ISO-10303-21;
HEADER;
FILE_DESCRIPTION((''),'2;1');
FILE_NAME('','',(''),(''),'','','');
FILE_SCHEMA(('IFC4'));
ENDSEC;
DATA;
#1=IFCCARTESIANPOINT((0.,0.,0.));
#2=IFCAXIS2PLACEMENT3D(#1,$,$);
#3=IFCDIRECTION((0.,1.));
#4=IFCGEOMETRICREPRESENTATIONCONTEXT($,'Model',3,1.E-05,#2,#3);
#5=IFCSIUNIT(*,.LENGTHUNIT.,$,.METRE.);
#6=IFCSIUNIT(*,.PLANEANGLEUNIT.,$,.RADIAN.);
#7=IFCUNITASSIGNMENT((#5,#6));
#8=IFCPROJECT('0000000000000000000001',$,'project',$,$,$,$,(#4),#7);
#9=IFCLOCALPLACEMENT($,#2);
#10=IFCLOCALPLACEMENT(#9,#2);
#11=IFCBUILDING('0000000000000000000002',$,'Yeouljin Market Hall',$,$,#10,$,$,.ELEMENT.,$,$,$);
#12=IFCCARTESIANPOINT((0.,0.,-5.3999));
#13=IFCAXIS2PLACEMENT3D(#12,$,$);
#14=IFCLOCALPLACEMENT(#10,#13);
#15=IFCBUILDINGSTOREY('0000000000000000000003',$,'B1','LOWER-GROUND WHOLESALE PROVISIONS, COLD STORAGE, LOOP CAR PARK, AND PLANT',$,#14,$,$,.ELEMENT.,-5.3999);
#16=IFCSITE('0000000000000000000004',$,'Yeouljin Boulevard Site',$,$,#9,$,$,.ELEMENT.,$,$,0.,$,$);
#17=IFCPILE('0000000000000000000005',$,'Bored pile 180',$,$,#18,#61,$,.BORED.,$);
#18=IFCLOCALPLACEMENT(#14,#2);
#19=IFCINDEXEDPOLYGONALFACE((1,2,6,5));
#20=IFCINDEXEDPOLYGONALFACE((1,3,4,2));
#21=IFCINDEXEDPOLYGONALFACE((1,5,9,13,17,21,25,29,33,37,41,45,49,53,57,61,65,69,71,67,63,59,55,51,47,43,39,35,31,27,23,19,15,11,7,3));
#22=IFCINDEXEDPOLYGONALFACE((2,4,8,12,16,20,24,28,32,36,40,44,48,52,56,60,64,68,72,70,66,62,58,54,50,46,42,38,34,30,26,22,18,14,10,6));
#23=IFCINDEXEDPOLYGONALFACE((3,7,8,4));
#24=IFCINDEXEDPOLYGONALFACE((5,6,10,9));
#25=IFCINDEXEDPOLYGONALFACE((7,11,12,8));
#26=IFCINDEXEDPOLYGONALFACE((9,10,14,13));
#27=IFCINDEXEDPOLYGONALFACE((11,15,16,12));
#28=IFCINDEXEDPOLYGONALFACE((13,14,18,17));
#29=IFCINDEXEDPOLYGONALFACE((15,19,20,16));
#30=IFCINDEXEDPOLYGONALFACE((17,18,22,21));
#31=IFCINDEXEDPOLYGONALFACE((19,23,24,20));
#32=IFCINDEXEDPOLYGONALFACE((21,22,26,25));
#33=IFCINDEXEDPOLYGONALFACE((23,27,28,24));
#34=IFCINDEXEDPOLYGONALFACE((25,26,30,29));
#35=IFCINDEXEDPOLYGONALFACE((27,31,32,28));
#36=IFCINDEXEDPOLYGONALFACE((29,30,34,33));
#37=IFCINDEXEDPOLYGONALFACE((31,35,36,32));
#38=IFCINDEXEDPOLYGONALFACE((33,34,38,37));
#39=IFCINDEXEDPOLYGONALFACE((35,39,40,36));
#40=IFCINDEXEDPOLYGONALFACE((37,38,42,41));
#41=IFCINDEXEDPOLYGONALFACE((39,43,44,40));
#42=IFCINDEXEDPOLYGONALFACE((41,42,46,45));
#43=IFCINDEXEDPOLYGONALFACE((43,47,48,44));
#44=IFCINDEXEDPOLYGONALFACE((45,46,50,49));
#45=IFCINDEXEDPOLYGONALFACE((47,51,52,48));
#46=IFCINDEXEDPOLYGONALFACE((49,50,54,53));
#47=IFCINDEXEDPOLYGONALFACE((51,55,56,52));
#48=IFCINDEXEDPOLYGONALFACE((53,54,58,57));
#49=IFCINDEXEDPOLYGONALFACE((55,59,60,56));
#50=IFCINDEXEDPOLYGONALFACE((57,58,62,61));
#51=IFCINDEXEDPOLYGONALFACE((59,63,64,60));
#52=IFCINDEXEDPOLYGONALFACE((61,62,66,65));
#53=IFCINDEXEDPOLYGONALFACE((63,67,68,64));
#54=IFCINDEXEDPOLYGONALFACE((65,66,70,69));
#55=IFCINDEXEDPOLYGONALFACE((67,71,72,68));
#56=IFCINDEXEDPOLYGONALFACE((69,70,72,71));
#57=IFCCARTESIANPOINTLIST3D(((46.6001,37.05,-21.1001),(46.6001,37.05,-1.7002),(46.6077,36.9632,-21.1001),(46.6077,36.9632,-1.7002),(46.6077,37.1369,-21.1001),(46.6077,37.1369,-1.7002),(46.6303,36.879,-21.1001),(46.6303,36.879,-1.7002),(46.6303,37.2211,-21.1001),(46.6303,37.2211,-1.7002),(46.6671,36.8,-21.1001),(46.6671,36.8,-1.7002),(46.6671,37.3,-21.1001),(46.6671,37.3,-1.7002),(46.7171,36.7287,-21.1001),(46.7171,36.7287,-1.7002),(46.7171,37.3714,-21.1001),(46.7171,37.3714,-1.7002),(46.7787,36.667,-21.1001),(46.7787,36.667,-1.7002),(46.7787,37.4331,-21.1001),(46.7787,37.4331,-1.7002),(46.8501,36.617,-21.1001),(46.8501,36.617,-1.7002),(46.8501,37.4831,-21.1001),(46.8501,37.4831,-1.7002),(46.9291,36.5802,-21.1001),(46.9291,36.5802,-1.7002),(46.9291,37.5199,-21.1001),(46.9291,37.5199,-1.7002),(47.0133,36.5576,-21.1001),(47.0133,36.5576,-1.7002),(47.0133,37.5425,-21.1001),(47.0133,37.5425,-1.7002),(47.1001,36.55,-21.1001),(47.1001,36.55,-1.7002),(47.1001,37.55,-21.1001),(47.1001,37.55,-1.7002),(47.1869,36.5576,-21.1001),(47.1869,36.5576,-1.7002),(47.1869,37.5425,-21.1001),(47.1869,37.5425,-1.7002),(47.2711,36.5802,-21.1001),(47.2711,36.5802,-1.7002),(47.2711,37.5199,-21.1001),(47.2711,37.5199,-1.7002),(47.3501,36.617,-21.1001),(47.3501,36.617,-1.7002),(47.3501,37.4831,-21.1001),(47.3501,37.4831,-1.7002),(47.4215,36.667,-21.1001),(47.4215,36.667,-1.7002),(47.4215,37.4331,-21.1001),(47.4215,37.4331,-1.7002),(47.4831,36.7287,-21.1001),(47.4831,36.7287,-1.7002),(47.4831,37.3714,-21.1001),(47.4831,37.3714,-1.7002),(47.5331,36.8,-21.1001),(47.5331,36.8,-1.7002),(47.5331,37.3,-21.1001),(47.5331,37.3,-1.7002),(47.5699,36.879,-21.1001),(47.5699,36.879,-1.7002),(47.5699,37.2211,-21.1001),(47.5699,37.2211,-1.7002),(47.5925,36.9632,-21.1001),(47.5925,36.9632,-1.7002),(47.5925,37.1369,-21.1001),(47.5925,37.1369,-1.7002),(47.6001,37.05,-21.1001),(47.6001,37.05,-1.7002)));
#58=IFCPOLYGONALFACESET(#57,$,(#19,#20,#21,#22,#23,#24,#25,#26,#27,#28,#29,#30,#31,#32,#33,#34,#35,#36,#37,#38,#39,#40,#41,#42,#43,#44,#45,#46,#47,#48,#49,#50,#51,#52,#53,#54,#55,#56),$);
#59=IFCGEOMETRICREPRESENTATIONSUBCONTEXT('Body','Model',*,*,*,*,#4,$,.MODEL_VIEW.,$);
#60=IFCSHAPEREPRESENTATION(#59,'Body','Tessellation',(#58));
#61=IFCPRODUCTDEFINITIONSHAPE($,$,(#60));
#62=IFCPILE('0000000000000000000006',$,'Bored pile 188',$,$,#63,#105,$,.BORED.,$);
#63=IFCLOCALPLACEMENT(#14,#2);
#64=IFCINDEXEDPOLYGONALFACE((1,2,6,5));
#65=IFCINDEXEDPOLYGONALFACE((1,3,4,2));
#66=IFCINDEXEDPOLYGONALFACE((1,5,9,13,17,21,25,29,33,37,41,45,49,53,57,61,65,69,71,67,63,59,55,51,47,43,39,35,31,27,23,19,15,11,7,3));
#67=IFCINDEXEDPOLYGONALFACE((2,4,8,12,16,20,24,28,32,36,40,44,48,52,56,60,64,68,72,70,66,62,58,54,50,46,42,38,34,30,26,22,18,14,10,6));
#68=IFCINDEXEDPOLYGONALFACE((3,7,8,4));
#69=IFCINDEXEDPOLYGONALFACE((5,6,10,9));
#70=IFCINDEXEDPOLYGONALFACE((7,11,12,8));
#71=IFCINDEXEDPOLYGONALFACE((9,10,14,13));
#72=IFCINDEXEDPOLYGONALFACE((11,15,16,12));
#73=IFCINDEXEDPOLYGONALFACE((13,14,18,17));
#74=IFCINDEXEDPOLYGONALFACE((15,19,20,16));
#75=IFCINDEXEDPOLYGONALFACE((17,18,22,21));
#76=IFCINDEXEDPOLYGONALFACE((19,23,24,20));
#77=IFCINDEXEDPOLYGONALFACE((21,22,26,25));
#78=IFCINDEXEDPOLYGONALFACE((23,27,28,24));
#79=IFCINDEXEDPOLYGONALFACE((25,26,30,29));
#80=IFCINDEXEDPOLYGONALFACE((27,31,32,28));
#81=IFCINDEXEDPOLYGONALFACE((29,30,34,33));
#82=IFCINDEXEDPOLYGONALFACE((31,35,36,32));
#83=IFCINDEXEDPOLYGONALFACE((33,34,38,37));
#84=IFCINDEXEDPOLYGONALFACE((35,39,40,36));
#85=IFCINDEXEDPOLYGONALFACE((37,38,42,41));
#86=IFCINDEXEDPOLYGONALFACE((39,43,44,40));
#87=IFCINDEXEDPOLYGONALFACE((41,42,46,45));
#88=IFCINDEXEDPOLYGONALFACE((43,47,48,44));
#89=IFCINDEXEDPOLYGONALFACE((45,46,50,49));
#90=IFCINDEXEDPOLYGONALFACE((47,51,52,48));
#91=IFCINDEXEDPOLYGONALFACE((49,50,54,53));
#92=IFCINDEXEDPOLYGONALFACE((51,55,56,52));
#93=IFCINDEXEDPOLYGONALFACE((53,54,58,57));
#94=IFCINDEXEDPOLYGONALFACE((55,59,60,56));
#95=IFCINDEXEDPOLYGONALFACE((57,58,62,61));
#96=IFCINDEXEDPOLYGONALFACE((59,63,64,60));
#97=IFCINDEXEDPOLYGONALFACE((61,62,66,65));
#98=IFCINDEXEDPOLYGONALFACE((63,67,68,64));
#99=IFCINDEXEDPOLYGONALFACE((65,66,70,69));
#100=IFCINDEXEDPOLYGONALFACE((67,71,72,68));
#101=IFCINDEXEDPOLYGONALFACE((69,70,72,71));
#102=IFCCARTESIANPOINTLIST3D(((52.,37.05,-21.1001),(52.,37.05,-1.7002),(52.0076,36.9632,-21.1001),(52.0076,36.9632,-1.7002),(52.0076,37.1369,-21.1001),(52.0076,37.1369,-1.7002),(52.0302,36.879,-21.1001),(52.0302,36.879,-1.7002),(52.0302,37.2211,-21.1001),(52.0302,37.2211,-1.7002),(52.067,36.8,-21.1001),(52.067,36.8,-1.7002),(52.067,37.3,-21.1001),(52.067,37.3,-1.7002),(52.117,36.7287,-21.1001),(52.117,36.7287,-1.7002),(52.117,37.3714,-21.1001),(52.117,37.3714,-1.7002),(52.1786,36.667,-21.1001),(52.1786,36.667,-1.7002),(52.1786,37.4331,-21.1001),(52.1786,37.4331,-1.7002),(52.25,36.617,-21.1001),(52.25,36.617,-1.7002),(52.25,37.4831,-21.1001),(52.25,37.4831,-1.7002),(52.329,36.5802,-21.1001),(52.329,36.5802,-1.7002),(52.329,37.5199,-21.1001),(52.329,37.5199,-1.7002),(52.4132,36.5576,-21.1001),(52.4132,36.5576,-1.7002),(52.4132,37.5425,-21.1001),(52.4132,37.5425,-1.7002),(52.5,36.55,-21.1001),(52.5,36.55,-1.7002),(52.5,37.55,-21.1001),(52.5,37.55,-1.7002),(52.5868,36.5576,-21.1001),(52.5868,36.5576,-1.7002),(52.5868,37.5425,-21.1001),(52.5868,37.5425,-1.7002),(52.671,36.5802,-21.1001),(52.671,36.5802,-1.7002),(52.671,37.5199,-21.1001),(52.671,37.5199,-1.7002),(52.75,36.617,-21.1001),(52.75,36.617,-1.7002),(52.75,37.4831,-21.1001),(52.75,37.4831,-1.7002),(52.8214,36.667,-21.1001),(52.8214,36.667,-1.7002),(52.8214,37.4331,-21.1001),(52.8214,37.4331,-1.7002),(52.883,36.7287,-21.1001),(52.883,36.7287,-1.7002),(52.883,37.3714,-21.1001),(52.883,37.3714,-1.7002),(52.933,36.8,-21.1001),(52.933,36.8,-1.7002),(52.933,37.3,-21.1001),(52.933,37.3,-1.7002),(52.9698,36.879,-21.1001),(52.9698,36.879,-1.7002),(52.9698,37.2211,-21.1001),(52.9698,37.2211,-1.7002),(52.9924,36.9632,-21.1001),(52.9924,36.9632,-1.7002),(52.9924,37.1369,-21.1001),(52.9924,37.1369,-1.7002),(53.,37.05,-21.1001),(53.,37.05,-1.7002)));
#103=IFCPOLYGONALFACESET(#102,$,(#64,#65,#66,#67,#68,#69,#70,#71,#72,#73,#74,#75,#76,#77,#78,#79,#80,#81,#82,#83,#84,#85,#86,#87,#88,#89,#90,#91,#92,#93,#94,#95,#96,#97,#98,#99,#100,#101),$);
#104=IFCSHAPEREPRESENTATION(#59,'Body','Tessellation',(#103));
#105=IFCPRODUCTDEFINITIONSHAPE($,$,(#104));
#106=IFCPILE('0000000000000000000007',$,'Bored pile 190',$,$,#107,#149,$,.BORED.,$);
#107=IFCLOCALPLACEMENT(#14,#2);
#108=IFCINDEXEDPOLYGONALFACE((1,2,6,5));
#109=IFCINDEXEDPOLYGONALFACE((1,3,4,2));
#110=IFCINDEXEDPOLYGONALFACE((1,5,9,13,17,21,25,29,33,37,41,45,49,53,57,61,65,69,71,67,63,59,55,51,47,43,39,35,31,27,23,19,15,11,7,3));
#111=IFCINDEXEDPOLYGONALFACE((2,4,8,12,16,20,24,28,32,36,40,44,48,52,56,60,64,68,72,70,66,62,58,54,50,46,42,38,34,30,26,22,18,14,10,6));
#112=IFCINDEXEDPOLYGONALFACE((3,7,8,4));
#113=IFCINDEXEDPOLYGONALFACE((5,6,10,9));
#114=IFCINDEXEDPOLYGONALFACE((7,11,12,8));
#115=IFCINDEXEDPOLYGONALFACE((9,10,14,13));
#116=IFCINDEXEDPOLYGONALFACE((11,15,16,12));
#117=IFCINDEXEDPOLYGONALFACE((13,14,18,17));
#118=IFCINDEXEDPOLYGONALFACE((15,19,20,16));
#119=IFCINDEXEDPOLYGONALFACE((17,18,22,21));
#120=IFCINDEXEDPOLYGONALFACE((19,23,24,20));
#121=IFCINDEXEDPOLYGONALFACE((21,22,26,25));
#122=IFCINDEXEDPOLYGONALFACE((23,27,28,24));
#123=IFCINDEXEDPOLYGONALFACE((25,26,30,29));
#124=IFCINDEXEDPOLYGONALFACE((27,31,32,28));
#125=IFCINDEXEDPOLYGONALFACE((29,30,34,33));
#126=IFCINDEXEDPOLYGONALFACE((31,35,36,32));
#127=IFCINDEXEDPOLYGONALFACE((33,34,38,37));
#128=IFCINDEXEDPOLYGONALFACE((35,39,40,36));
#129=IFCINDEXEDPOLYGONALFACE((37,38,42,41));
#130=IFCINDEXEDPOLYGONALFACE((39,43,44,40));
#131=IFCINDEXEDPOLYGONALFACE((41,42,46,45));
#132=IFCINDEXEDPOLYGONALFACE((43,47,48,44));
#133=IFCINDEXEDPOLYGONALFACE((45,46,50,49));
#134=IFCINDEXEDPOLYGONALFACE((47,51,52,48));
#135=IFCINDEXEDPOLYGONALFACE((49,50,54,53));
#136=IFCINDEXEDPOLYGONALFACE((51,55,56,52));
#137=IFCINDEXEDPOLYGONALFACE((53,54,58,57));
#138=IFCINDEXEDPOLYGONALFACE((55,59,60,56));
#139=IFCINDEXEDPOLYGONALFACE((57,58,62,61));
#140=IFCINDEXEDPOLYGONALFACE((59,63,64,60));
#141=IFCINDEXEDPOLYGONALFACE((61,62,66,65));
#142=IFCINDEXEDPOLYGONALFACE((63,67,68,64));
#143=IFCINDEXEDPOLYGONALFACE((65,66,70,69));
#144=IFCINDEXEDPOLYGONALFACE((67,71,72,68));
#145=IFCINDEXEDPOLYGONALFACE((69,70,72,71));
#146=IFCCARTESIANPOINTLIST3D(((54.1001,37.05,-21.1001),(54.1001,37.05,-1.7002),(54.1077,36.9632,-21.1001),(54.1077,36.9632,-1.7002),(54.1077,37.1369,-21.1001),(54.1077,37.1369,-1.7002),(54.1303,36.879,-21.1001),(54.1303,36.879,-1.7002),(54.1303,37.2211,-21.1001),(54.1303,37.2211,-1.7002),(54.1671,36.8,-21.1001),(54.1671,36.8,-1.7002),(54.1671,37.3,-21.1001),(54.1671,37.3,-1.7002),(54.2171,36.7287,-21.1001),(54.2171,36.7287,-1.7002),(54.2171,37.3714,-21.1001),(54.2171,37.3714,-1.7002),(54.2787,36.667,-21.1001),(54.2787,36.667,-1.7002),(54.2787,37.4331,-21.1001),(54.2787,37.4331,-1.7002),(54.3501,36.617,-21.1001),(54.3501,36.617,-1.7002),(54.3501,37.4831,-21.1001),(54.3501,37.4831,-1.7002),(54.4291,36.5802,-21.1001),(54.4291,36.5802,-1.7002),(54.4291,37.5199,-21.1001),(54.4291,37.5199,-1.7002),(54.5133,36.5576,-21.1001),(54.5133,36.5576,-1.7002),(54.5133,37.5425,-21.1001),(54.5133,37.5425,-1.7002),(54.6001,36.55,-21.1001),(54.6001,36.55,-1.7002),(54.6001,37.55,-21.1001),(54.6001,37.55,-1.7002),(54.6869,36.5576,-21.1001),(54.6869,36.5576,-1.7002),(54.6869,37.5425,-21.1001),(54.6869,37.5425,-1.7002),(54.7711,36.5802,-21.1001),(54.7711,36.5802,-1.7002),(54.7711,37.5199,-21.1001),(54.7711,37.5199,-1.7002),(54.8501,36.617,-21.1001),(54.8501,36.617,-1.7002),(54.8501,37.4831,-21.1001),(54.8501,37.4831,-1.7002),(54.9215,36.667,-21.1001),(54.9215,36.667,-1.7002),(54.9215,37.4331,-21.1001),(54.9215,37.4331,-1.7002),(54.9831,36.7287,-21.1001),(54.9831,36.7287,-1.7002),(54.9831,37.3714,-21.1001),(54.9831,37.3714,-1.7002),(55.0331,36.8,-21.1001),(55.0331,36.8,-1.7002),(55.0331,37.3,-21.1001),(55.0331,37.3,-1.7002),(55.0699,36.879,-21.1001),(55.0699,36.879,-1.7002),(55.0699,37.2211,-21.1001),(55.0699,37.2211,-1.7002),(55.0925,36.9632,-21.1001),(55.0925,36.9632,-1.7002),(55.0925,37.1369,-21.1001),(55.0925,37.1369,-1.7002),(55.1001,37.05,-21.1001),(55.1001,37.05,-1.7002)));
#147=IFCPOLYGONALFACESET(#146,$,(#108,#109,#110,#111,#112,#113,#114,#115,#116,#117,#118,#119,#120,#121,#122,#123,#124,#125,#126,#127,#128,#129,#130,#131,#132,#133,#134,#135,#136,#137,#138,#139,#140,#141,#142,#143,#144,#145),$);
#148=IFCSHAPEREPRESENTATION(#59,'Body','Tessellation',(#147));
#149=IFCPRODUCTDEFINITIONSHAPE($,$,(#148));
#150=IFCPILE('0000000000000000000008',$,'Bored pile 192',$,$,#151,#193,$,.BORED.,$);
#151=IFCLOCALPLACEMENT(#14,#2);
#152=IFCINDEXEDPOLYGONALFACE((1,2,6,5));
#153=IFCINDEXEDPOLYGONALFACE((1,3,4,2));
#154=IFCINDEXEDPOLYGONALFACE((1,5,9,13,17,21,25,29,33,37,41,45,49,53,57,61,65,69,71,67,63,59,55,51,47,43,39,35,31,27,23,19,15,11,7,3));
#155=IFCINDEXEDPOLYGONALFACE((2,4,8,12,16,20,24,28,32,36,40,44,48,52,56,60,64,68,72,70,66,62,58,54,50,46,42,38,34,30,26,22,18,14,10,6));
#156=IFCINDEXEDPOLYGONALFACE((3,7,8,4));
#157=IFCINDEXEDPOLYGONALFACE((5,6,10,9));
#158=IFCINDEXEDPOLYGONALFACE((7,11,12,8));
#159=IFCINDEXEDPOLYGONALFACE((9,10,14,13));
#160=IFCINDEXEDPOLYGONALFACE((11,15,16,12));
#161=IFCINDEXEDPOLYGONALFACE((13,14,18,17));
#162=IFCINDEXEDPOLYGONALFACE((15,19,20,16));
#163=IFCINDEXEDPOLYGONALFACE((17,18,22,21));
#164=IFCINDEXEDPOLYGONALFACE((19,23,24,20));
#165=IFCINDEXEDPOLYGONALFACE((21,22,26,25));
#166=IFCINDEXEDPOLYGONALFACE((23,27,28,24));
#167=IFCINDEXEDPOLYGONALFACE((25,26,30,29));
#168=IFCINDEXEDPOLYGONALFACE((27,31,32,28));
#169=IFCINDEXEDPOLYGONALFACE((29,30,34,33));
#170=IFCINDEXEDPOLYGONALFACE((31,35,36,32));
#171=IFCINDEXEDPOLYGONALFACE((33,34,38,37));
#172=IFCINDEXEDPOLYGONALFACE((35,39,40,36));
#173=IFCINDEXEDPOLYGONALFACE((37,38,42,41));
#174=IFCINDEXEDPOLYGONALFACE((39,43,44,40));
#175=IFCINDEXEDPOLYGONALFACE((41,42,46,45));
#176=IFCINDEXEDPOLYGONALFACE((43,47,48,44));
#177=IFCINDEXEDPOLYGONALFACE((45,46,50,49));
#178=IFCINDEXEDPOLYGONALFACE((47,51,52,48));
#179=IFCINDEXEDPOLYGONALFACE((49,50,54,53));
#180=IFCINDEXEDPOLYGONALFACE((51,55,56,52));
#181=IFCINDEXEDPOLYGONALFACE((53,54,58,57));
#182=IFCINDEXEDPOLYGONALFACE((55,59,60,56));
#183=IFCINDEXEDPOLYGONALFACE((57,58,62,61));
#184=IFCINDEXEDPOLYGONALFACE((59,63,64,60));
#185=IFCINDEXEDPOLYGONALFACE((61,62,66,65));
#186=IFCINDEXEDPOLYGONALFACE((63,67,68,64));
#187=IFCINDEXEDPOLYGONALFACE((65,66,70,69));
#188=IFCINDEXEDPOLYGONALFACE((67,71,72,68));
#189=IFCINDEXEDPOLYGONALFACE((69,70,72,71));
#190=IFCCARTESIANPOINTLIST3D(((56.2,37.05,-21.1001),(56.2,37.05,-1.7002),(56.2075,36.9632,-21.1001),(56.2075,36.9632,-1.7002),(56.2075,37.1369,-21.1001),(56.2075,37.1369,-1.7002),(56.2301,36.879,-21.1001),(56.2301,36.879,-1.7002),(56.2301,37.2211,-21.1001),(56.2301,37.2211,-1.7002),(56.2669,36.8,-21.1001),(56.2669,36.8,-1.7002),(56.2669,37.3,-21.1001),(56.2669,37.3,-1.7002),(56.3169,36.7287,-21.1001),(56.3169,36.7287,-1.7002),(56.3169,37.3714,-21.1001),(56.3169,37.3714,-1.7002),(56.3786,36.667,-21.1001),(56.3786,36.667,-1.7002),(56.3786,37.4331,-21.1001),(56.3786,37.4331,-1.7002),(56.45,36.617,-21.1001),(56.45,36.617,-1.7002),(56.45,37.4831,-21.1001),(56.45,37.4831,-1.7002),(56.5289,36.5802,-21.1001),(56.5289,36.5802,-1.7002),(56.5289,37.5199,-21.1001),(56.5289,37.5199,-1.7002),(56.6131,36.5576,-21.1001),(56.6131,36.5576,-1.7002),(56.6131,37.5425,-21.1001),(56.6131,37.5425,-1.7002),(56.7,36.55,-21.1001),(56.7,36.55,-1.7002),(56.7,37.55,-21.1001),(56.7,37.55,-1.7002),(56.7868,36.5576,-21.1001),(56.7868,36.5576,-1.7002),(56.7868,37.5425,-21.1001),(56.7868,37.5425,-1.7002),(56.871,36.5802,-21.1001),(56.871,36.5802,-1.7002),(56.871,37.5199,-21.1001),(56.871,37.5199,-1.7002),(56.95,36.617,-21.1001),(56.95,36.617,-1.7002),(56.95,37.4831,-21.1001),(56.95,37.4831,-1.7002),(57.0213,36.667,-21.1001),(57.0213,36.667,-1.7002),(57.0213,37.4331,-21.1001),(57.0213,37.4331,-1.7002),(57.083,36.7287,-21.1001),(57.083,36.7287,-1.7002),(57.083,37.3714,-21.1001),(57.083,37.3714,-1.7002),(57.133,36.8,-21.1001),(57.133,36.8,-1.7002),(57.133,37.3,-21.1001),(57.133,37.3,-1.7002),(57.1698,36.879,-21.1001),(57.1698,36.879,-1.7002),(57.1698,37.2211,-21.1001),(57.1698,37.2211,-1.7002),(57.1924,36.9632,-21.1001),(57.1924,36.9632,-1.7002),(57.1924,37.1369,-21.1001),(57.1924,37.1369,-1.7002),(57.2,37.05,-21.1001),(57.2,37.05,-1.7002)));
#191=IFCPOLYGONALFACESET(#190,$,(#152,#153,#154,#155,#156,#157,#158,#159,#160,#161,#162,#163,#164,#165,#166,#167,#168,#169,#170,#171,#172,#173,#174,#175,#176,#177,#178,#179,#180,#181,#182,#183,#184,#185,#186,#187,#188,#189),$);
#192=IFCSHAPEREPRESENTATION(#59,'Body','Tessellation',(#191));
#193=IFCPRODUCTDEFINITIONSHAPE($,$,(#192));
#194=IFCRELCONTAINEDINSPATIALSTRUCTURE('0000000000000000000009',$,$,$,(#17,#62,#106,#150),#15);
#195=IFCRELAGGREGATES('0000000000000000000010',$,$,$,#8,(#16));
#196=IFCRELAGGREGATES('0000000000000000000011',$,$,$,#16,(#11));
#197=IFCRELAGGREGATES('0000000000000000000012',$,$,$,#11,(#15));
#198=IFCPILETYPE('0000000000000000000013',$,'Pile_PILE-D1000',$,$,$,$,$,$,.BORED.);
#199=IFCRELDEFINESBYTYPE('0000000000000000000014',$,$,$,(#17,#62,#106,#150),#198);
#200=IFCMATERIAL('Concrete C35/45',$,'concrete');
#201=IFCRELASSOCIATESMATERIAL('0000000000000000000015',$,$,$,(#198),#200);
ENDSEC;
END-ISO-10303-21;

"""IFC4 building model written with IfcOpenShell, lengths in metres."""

from ifc_helpers import new_model, si_unit, direction, frame, origin, origin_2d, place, context, subcontext, project, spatial, circle, extrude, material, material_profile, profile_set, type_object, element, save


model = new_model("IFC4")

# Units and contexts
model_context = context("Model", 3, precision=1e-05, world=origin(), true_north=direction((0.0, 1.0)))
body_context = subcontext(model_context, "Body", "Model", "MODEL_VIEW")
ifc_project = project(units=[si_unit("LENGTHUNIT", "METRE"), si_unit("PLANEANGLEUNIT", "RADIAN")], contexts=[model_context])

# Site, building, storey
site_placement = place(None, origin())
site = spatial("IfcSite", under=ifc_project, at=site_placement, Name="Yeouljin Boulevard Site", CompositionType="ELEMENT", RefElevation=0.0)
building_placement = place(site_placement, origin())
building = spatial("IfcBuilding", under=site, at=building_placement, Name="Yeouljin Market Hall", CompositionType="ELEMENT")
storey_placement = place(building_placement, frame((0.0, 0.0, -5.3999)))
storey = spatial("IfcBuildingStorey", under=building, at=storey_placement, Name="B1", Description="LOWER-GROUND WHOLESALE PROVISIONS, COLD STORAGE, LOOP CAR PARK, AND PLANT", CompositionType="ELEMENT", Elevation=-5.3999)

# Piles
ifc_material_1 = material(Name="Concrete C35/45", Category="concrete")
ifc_material_profile_1 = material_profile(ifc_material_1, circle(Radius=0.5, at=origin_2d()), Name="PILE-D1000")
ifc_profile_set_1 = profile_set([ifc_material_profile_1], Name="Concrete C35/45")
pile_type = type_object("IfcPileType", Name="Pile_PILE-D1000", PredefinedType="BORED", material=ifc_profile_set_1)
for number, where, z_axis, x_axis, name in (
    (1, (47.1001, 37.05, -1.7002), (0.0, 0.0, -1.0), (1.0, 0.0, 0.0), "Bored pile 180"),
    (2, (52.5, 37.05, -1.7002), (0.0, 0.0, -1.0), (1.0, 0.0, 0.0), "Bored pile 188"),
    (3, (54.6001, 37.05, -1.7002), (0.0, 0.0, -1.0), (1.0, 0.0, 0.0), "Bored pile 190"),
    (4, (56.7, 37.05, -1.7002), (0.0, 0.0, -1.0), (1.0, 0.0, 0.0), "Bored pile 192"),
):
    element("IfcPile", number, at=place(storey_placement, frame(where, z_axis=z_axis, x_axis=x_axis)), inside=storey, type_object=pile_type, Name=name, PredefinedType="BORED", context=body_context, shape_type="SweptSolid", body=[
        extrude(circle(Radius=0.5, at=origin_2d()), origin(), (0.0, 0.0, 1.0), 19.3999),
    ])

save(model, "model.ifc")
